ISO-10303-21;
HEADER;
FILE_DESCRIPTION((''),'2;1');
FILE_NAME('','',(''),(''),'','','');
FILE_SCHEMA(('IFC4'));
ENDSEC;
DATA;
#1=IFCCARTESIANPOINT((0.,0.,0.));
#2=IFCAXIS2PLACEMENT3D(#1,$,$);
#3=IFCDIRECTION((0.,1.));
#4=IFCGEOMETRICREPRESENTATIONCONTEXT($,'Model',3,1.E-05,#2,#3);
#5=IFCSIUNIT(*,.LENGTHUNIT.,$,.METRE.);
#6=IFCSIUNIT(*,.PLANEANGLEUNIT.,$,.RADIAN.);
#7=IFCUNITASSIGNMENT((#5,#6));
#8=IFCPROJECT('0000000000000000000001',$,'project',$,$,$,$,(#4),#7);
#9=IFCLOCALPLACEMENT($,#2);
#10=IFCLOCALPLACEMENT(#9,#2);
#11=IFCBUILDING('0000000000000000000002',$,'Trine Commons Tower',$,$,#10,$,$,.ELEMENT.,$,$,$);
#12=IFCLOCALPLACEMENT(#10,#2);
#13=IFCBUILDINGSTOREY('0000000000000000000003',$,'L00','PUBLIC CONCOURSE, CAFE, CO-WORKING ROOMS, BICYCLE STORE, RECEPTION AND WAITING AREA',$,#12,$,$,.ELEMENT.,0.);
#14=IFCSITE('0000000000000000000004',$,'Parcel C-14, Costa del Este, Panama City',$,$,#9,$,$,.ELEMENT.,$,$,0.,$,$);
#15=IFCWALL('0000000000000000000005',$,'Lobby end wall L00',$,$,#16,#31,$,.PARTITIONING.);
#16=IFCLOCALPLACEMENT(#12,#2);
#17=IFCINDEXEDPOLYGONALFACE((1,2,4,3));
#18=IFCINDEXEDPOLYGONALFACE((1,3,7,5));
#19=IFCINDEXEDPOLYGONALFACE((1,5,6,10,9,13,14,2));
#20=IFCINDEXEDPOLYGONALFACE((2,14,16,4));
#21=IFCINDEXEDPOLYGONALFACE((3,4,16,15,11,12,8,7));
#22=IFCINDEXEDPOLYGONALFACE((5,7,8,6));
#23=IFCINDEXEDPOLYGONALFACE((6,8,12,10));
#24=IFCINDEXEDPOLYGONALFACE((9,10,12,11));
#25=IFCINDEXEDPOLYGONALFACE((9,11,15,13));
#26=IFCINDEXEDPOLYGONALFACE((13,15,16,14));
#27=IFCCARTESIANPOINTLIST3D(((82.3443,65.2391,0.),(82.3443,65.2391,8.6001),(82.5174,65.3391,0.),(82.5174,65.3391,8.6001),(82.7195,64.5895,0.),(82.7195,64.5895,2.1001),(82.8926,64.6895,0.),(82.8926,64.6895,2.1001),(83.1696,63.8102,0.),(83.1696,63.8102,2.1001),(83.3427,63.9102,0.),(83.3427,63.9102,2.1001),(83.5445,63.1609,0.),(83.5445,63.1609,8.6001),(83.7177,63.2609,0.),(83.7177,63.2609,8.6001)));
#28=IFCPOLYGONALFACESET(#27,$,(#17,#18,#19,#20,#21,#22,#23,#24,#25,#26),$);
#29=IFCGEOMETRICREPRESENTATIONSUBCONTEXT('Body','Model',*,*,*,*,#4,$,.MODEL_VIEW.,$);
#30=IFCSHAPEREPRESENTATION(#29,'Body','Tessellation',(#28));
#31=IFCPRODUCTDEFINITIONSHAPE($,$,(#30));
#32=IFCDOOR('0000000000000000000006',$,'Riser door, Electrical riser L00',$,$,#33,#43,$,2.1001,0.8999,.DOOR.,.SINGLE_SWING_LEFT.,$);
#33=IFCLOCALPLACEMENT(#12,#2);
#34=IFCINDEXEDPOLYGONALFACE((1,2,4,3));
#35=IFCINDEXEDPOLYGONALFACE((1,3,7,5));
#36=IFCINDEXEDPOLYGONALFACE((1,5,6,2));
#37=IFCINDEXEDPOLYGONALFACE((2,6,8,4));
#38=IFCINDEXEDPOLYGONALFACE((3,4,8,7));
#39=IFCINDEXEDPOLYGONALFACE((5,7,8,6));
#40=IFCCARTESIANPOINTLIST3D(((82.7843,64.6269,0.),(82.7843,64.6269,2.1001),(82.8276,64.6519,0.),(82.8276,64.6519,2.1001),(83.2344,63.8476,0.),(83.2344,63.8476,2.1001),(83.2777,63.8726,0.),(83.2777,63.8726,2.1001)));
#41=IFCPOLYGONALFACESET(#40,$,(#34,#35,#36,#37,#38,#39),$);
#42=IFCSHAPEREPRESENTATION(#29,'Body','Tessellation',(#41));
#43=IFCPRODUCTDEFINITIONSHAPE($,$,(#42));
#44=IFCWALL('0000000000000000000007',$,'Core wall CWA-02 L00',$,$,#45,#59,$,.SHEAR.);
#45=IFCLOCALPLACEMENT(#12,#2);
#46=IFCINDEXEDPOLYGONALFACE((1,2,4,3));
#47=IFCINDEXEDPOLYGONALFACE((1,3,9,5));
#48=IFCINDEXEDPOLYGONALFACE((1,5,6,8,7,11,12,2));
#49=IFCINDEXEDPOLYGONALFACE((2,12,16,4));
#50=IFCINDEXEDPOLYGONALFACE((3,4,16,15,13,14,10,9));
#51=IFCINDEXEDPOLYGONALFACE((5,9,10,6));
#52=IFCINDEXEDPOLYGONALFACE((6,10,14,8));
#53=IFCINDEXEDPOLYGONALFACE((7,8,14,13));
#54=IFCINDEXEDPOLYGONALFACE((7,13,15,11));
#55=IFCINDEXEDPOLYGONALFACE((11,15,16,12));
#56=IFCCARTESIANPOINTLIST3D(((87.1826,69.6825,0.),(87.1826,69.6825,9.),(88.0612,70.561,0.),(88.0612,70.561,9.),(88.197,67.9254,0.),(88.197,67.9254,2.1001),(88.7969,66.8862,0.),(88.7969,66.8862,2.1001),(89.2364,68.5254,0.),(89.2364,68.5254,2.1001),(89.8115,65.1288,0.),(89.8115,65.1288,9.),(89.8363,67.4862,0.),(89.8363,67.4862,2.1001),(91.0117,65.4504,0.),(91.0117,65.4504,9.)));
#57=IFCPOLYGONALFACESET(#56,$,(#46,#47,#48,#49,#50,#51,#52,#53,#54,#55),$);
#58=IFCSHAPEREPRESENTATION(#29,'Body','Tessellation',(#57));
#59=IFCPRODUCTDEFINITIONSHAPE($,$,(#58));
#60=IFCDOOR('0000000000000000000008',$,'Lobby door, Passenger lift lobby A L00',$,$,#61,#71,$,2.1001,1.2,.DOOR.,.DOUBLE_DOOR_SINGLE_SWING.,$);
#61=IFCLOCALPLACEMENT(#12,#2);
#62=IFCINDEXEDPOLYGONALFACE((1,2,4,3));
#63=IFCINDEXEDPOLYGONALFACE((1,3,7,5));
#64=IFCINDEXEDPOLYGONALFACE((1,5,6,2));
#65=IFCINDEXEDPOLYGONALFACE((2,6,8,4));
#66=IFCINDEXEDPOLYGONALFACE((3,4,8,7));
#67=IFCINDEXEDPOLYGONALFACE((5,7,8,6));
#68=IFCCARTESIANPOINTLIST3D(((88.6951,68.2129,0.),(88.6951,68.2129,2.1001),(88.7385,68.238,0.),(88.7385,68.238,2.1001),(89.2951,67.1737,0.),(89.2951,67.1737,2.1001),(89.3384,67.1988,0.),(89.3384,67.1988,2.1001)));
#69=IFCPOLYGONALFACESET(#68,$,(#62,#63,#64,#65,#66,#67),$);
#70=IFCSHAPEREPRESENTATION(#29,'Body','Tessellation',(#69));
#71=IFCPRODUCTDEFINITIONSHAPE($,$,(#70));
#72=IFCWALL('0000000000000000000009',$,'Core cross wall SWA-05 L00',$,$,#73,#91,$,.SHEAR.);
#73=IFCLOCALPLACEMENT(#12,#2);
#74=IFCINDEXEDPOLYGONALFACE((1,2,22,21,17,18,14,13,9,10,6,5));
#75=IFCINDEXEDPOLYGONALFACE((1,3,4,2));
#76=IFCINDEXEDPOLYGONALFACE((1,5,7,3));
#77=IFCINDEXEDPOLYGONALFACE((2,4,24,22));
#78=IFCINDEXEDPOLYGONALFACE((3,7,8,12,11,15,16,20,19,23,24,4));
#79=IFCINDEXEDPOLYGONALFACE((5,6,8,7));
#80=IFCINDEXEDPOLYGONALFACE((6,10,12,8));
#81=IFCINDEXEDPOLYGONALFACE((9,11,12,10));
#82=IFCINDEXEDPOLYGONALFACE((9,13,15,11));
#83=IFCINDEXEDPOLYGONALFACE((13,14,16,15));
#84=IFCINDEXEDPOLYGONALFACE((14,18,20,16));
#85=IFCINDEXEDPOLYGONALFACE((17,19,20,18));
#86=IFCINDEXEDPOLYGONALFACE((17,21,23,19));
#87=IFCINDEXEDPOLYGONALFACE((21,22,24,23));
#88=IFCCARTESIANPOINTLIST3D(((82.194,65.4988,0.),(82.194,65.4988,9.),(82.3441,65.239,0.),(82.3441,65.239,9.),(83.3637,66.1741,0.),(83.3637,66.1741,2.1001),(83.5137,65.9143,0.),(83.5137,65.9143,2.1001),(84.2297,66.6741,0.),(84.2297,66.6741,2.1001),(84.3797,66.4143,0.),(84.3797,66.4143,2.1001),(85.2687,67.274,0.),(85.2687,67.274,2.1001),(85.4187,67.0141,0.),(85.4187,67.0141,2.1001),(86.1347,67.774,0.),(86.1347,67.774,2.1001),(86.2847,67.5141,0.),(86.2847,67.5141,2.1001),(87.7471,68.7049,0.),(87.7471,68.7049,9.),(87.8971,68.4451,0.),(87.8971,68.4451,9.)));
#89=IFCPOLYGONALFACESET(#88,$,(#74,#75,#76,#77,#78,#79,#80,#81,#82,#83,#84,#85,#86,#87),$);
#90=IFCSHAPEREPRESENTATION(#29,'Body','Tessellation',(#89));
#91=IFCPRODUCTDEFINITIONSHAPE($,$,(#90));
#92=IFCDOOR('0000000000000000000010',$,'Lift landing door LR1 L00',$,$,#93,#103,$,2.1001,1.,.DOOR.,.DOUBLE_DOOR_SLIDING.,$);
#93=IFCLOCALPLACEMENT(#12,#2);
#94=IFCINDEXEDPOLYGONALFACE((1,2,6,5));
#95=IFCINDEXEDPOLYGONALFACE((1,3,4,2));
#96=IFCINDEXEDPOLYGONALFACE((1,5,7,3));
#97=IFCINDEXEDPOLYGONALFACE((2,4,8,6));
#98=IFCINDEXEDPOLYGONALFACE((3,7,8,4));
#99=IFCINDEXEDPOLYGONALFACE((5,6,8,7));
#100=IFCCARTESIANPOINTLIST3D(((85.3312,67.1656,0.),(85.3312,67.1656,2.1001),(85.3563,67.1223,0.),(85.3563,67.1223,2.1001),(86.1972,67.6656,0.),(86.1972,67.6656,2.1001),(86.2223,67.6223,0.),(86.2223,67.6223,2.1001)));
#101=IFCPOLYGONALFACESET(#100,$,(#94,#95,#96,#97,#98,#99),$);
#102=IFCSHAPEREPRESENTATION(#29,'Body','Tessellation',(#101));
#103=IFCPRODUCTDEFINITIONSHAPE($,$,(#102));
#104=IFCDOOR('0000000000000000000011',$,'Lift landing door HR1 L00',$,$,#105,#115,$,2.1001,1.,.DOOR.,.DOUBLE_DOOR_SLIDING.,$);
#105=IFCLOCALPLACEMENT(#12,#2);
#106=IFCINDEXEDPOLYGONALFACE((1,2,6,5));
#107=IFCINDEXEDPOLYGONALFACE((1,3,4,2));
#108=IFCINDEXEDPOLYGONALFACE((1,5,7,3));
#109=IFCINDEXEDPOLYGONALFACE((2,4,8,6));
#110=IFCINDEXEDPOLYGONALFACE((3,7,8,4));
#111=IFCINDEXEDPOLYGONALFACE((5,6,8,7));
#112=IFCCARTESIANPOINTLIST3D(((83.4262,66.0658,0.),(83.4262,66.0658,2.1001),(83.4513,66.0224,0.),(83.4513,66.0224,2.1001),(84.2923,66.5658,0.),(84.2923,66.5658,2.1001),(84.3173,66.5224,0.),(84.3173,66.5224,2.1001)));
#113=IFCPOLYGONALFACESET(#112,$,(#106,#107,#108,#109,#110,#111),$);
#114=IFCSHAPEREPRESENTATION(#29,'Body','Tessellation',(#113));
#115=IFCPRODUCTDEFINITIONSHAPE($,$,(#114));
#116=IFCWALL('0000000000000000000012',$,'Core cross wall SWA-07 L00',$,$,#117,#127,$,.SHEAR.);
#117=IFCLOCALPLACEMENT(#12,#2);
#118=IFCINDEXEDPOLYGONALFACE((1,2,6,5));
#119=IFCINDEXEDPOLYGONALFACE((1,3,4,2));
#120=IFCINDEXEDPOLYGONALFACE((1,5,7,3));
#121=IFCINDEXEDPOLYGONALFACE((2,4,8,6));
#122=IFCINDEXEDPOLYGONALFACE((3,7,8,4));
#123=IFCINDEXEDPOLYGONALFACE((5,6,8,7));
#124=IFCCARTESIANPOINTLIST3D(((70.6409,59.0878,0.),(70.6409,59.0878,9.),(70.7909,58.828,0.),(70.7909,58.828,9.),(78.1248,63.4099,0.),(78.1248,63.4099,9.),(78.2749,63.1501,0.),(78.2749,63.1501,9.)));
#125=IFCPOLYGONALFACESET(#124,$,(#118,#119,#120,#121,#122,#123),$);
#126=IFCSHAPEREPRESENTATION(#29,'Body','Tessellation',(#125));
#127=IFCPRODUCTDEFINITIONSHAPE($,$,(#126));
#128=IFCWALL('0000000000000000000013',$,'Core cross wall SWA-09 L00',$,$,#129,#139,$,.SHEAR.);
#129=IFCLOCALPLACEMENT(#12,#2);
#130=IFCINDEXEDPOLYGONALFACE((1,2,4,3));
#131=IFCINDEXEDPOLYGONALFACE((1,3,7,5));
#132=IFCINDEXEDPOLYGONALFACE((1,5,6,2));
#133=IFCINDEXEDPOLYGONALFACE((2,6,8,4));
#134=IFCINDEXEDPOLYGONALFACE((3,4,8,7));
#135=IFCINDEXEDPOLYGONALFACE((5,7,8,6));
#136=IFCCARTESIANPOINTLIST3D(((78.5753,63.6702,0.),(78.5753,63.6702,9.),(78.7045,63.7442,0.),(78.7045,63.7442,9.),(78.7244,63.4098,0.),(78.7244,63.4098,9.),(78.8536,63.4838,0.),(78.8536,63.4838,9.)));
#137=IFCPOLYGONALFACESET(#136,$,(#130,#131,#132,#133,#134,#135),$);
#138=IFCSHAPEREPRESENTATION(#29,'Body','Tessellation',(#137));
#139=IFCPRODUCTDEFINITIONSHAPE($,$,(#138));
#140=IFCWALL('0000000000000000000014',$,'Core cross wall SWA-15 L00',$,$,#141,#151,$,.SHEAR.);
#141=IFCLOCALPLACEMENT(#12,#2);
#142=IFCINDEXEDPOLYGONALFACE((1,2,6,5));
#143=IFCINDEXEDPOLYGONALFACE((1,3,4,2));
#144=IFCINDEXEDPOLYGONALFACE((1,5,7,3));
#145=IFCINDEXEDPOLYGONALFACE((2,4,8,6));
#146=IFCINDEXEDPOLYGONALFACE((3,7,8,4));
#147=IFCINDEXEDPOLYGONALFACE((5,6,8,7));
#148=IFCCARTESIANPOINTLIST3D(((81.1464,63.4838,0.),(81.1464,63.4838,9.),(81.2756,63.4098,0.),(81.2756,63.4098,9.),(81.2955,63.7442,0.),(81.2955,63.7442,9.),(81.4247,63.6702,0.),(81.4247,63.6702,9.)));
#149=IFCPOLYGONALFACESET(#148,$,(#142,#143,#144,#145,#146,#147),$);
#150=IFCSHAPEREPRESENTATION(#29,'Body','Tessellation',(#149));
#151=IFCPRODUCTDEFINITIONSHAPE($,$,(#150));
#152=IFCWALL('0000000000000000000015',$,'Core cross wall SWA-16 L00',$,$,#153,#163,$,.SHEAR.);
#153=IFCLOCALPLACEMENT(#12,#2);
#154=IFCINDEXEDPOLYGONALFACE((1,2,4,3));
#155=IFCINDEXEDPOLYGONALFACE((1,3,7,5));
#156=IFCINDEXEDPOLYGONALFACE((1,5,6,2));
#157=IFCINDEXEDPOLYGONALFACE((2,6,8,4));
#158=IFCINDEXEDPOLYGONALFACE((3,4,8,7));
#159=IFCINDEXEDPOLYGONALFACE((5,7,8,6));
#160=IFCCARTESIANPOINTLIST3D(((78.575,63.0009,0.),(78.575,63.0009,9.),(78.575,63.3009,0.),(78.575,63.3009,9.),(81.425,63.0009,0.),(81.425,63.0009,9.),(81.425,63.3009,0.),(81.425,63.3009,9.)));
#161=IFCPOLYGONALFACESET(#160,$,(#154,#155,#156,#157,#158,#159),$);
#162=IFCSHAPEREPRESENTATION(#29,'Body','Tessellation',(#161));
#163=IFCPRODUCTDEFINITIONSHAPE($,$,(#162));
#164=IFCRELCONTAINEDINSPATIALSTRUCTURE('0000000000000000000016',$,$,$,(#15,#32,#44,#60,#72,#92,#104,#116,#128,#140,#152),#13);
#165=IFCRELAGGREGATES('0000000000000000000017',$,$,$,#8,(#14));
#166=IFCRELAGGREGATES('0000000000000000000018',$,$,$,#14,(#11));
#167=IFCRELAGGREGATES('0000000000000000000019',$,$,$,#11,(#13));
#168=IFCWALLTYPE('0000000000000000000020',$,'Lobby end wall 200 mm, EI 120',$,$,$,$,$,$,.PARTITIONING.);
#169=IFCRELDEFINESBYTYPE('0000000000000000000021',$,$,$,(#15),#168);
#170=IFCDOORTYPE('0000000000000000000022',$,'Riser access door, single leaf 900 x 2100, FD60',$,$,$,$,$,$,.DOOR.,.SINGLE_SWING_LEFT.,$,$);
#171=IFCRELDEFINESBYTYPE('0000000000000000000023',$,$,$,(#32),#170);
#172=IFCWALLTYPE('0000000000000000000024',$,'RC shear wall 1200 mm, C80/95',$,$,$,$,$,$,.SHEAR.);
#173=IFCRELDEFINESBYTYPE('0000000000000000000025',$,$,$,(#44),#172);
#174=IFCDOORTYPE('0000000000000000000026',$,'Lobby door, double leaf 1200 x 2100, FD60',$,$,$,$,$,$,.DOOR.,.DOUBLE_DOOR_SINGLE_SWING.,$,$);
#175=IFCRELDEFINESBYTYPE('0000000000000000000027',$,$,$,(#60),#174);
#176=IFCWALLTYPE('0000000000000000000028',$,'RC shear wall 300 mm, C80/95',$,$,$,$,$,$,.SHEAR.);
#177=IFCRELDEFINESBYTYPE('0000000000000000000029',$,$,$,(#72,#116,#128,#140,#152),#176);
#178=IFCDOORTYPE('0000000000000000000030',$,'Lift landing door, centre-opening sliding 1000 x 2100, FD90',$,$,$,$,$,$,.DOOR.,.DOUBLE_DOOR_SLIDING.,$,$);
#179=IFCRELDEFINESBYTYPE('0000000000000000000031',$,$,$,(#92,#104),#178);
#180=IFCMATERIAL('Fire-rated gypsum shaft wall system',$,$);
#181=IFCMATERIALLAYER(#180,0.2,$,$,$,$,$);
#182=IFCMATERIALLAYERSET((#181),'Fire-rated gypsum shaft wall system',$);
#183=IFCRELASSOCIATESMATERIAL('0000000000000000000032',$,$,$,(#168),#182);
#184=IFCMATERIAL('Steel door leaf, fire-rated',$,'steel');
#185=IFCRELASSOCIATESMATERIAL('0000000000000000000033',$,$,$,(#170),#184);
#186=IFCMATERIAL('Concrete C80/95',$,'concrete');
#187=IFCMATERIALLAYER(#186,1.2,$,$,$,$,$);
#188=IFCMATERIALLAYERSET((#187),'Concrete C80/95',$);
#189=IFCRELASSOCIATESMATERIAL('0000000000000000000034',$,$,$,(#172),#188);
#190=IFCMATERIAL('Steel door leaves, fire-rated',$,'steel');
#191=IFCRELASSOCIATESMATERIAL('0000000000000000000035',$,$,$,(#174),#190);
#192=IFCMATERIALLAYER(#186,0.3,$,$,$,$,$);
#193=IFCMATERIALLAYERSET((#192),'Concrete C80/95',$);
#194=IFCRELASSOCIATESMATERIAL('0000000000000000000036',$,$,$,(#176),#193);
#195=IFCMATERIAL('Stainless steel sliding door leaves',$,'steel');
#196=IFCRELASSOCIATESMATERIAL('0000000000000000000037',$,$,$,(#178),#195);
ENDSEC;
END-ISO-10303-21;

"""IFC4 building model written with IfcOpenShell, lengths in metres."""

from ifc_helpers import new_model, si_unit, direction, frame, frame_2d, origin, place, context, subcontext, project, spatial, polyline, rectangle, outline, extrude, material, layer, layer_set, type_object, element, fill, save


model = new_model("IFC4")

# Units and contexts
model_context = context("Model", 3, precision=1e-05, world=origin(), true_north=direction((0.0, 1.0)))
body_context = subcontext(model_context, "Body", "Model", "MODEL_VIEW")
ifc_project = project(units=[si_unit("LENGTHUNIT", "METRE"), si_unit("PLANEANGLEUNIT", "RADIAN")], contexts=[model_context])

# Site, building, storey
site_placement = place(None, origin())
site = spatial("IfcSite", under=ifc_project, at=site_placement, Name="Parcel C-14, Costa del Este, Panama City", CompositionType="ELEMENT", RefElevation=0.0)
building_placement = place(site_placement, origin())
building = spatial("IfcBuilding", under=site, at=building_placement, Name="Trine Commons Tower", CompositionType="ELEMENT")
storey_placement = place(building_placement, origin())
storey = spatial("IfcBuildingStorey", under=building, at=storey_placement, Name="L00", Description="PUBLIC CONCOURSE, CAFE, CO-WORKING ROOMS, BICYCLE STORE, RECEPTION AND WAITING AREA", CompositionType="ELEMENT", Elevation=0.0)

# Walls, openings, doors
ifc_material_1 = material(Name="Fire-rated gypsum shaft wall system")
ifc_layer_1 = layer(ifc_material_1, 0.2)
ifc_layer_set_1 = layer_set([ifc_layer_1], Name="Fire-rated gypsum shaft wall system")
wall_type_1 = type_object("IfcWallType", Name="Lobby end wall 200 mm, EI 120", PredefinedType="PARTITIONING", material=ifc_layer_set_1)
wall_1_placement = place(storey_placement, frame((83.6311, 63.2109, 0.0), z_axis=(0.0, 0.0, 1.0), x_axis=(-0.500122, 0.865955, 0.0)))
wall_1 = element("IfcWall", 1, at=wall_1_placement, inside=storey, type_object=wall_type_1, Name="Lobby end wall L00", PredefinedType="PARTITIONING", context=body_context, shape_type="SweptSolid", body=[
    extrude(rectangle(XDim=2.3999, YDim=0.2, at=frame_2d((1.2, 0.0))), origin(), (0.0, 0.0, 1.0), 8.6001),
])
opening_1_placement = place(wall_1_placement, frame((0.7498, 0.0, 0.0)))
opening_1 = element("IfcOpeningElement", 2, at=opening_1_placement, cuts=wall_1, PredefinedType="OPENING", context=body_context, shape_type="SweptSolid", body=[
    extrude(rectangle(XDim=0.8999, YDim=2.1001, at=frame_2d((0.45, 1.05))), frame((0.0, 0.1099, 0.0), z_axis=(0.0, -1.0, 0.0), x_axis=(1.0, 0.0, 0.0)), (0.0, 0.0, 1.0), 0.22),
])
ifc_material_2 = material(Name="Steel door leaf, fire-rated", Category="steel")
door_type_1 = type_object("IfcDoorType", Name="Riser access door, single leaf 900 x 2100, FD60", OperationType="SINGLE_SWING_LEFT", PredefinedType="DOOR", material=ifc_material_2)
door_1_placement = place(opening_1_placement, frame((0.8999, 0.0, 0.0), z_axis=(0.0, 0.0, 1.0), x_axis=(-1.0, 0.0, 0.0)))
door_1 = element("IfcDoor", 3, at=door_1_placement, inside=storey, type_object=door_type_1, Name="Riser door, Electrical riser L00", OperationType="SINGLE_SWING_LEFT", OverallHeight=2.1001, OverallWidth=0.8999, PredefinedType="DOOR", context=body_context, shape_type="SweptSolid", body=[
    extrude(rectangle(XDim=0.8999, YDim=2.1001, at=frame_2d((0.45, 1.05))), frame((0.0, 0.0249, 0.0), z_axis=(0.0, -1.0, 0.0), x_axis=(1.0, 0.0, 0.0)), (0.0, 0.0, 1.0), 0.05),
])
fill(opening_1, door_1)
ifc_material_3 = material(Name="Concrete C80/95", Category="concrete")
ifc_layer_2 = layer(ifc_material_3, 1.2)
ifc_layer_set_2 = layer_set([ifc_layer_2], Name="Concrete C80/95")
wall_type_2 = type_object("IfcWallType", Name="RC shear wall 1200 mm, C80/95", PredefinedType="SHEAR", material=ifc_layer_set_2)
wall_2_placement = place(storey_placement, frame((90.4919, 65.1504, 0.0), z_axis=(0.0, 0.0, 1.0), x_axis=(-0.499979, 0.866037, 0.0)))
wall_2 = element("IfcWall", 4, at=wall_2_placement, inside=storey, type_object=wall_type_2, Name="Core wall CWA-02 L00", PredefinedType="SHEAR", context=body_context, shape_type="SweptSolid", body=[
    extrude(outline(polyline([(0.0, -0.6001), (5.9011, -0.6001), (5.5796, 0.6001), (0.3215, 0.6001), (0.0, -0.6001)])), origin(), (0.0, 0.0, 1.0), 9.0),
])
opening_2_placement = place(wall_2_placement, frame((2.3506, 0.0, 0.0)))
opening_2 = element("IfcOpeningElement", 5, at=opening_2_placement, cuts=wall_2, PredefinedType="OPENING", context=body_context, shape_type="SweptSolid", body=[
    extrude(rectangle(XDim=1.2, YDim=2.1001, at=frame_2d((0.6001, 1.05))), frame((0.0, 0.6099, 0.0), z_axis=(0.0, -1.0, 0.0), x_axis=(1.0, 0.0, 0.0)), (0.0, 0.0, 1.0), 1.22),
])
ifc_material_4 = material(Name="Steel door leaves, fire-rated", Category="steel")
door_type_2 = type_object("IfcDoorType", Name="Lobby door, double leaf 1200 x 2100, FD60", OperationType="DOUBLE_DOOR_SINGLE_SWING", PredefinedType="DOOR", material=ifc_material_4)
door_2_placement = place(opening_2_placement, origin())
door_2 = element("IfcDoor", 6, at=door_2_placement, inside=storey, type_object=door_type_2, Name="Lobby door, Passenger lift lobby A L00", OperationType="DOUBLE_DOOR_SINGLE_SWING", OverallHeight=2.1001, OverallWidth=1.2, PredefinedType="DOOR", context=body_context, shape_type="SweptSolid", body=[
    extrude(rectangle(XDim=1.2, YDim=2.1001, at=frame_2d((0.6001, 1.05))), frame((0.0, 0.0249, 0.0), z_axis=(0.0, -1.0, 0.0), x_axis=(1.0, 0.0, 0.0)), (0.0, 0.0, 1.0), 0.05),
])
fill(opening_2, door_2)

# Wall, openings, doors
ifc_layer_3 = layer(ifc_material_3, 0.3)
ifc_layer_set_3 = layer_set([ifc_layer_3], Name="Concrete C80/95")
wall_type_3 = type_object("IfcWallType", Name="RC shear wall 300 mm, C80/95", PredefinedType="SHEAR", material=ifc_layer_set_3)
wall_3_placement = place(storey_placement, frame((82.269, 65.3689, 0.0), z_axis=(0.0, 0.0, 1.0), x_axis=(0.866023, 0.500005, 0.0)))
wall_3 = element("IfcWall", 7, at=wall_3_placement, inside=storey, type_object=wall_type_3, Name="Core cross wall SWA-05 L00", PredefinedType="SHEAR", context=body_context, shape_type="SweptSolid", body=[
    extrude(rectangle(XDim=6.4121, YDim=0.3, at=frame_2d((3.2061, 0.0))), origin(), (0.0, 0.0, 1.0), 9.0),
])
opening_3_placement = place(wall_3_placement, frame((3.5503, 0.0, 0.0)))
opening_3 = element("IfcOpeningElement", 8, at=opening_3_placement, cuts=wall_3, PredefinedType="OPENING", context=body_context, shape_type="SweptSolid", body=[
    extrude(rectangle(XDim=1.0, YDim=2.1001, at=frame_2d((0.5, 1.05))), frame((0.0, 0.1599, 0.0), z_axis=(0.0, -1.0, 0.0), x_axis=(1.0, 0.0, 0.0)), (0.0, 0.0, 1.0), 0.3201),
])
opening_4_placement = place(wall_3_placement, frame((1.3506, 0.0, 0.0)))
opening_4 = element("IfcOpeningElement", 9, at=opening_4_placement, cuts=wall_3, PredefinedType="OPENING", context=body_context, shape_type="SweptSolid", body=[
    extrude(rectangle(XDim=1.0, YDim=2.1001, at=frame_2d((0.5, 1.05))), frame((0.0, 0.1599, 0.0), z_axis=(0.0, -1.0, 0.0), x_axis=(1.0, 0.0, 0.0)), (0.0, 0.0, 1.0), 0.3201),
])
ifc_material_5 = material(Name="Stainless steel sliding door leaves", Category="steel")
door_type_3 = type_object("IfcDoorType", Name="Lift landing door, centre-opening sliding 1000 x 2100, FD90", OperationType="DOUBLE_DOOR_SLIDING", PredefinedType="DOOR", material=ifc_material_5)
door_3_placement = place(opening_3_placement, origin())
door_3 = element("IfcDoor", 10, at=door_3_placement, inside=storey, type_object=door_type_3, Name="Lift landing door LR1 L00", OperationType="DOUBLE_DOOR_SLIDING", OverallHeight=2.1001, OverallWidth=1.0, PredefinedType="DOOR", context=body_context, shape_type="SweptSolid", body=[
    extrude(rectangle(XDim=1.0, YDim=2.1001, at=frame_2d((0.5, 1.05))), frame((0.0, 0.0249, 0.0), z_axis=(0.0, -1.0, 0.0), x_axis=(1.0, 0.0, 0.0)), (0.0, 0.0, 1.0), 0.05),
])
fill(opening_3, door_3)
door_4_placement = place(opening_4_placement, origin())
door_4 = element("IfcDoor", 11, at=door_4_placement, inside=storey, type_object=door_type_3, Name="Lift landing door HR1 L00", OperationType="DOUBLE_DOOR_SLIDING", OverallHeight=2.1001, OverallWidth=1.0, PredefinedType="DOOR", context=body_context, shape_type="SweptSolid", body=[
    extrude(rectangle(XDim=1.0, YDim=2.1001, at=frame_2d((0.5, 1.05))), frame((0.0, 0.0249, 0.0), z_axis=(0.0, -1.0, 0.0), x_axis=(1.0, 0.0, 0.0)), (0.0, 0.0, 1.0), 0.05),
])
fill(opening_4, door_4)

# Walls
wall_4_placement = place(storey_placement, frame((78.2, 63.28, 0.0), z_axis=(0.0, 0.0, 1.0), x_axis=(-0.865965, -0.500104, 0.0)))
element("IfcWall", 12, at=wall_4_placement, inside=storey, type_object=wall_type_3, Name="Core cross wall SWA-07 L00", PredefinedType="SHEAR", context=body_context, shape_type="SweptSolid", body=[
    extrude(rectangle(XDim=8.6423, YDim=0.3, at=frame_2d((4.3213, 0.0))), origin(), (0.0, 0.0, 1.0), 9.0),
])
for number, where, z_axis, x_axis, name in (
    (13, (78.7791, 63.614, 0.0), (0.0, 0.0, 1.0), (-0.867738, -0.497022, 0.0), "Core cross wall SWA-09 L00"),
    (14, (81.2209, 63.614, 0.0), (0.0, 0.0, 1.0), (0.867738, -0.497022, 0.0), "Core cross wall SWA-15 L00"),
):
    element("IfcWall", number, at=place(storey_placement, frame(where, z_axis=z_axis, x_axis=x_axis)), inside=storey, type_object=wall_type_3, Name=name, PredefinedType="SHEAR", context=body_context, shape_type="SweptSolid", body=[
        extrude(rectangle(XDim=0.1489, YDim=0.3, at=frame_2d((0.0745, 0.0))), origin(), (0.0, 0.0, 1.0), 9.0),
    ])
wall_5_placement = place(storey_placement, frame((81.425, 63.1509, 0.0), z_axis=(0.0, 0.0, 1.0), x_axis=(-1.0, 0.0, 0.0)))
element("IfcWall", 15, at=wall_5_placement, inside=storey, type_object=wall_type_3, Name="Core cross wall SWA-16 L00", PredefinedType="SHEAR", context=body_context, shape_type="SweptSolid", body=[
    extrude(rectangle(XDim=2.8501, YDim=0.3, at=frame_2d((1.425, 0.0))), origin(), (0.0, 0.0, 1.0), 9.0),
])

save(model, "model.ifc")
